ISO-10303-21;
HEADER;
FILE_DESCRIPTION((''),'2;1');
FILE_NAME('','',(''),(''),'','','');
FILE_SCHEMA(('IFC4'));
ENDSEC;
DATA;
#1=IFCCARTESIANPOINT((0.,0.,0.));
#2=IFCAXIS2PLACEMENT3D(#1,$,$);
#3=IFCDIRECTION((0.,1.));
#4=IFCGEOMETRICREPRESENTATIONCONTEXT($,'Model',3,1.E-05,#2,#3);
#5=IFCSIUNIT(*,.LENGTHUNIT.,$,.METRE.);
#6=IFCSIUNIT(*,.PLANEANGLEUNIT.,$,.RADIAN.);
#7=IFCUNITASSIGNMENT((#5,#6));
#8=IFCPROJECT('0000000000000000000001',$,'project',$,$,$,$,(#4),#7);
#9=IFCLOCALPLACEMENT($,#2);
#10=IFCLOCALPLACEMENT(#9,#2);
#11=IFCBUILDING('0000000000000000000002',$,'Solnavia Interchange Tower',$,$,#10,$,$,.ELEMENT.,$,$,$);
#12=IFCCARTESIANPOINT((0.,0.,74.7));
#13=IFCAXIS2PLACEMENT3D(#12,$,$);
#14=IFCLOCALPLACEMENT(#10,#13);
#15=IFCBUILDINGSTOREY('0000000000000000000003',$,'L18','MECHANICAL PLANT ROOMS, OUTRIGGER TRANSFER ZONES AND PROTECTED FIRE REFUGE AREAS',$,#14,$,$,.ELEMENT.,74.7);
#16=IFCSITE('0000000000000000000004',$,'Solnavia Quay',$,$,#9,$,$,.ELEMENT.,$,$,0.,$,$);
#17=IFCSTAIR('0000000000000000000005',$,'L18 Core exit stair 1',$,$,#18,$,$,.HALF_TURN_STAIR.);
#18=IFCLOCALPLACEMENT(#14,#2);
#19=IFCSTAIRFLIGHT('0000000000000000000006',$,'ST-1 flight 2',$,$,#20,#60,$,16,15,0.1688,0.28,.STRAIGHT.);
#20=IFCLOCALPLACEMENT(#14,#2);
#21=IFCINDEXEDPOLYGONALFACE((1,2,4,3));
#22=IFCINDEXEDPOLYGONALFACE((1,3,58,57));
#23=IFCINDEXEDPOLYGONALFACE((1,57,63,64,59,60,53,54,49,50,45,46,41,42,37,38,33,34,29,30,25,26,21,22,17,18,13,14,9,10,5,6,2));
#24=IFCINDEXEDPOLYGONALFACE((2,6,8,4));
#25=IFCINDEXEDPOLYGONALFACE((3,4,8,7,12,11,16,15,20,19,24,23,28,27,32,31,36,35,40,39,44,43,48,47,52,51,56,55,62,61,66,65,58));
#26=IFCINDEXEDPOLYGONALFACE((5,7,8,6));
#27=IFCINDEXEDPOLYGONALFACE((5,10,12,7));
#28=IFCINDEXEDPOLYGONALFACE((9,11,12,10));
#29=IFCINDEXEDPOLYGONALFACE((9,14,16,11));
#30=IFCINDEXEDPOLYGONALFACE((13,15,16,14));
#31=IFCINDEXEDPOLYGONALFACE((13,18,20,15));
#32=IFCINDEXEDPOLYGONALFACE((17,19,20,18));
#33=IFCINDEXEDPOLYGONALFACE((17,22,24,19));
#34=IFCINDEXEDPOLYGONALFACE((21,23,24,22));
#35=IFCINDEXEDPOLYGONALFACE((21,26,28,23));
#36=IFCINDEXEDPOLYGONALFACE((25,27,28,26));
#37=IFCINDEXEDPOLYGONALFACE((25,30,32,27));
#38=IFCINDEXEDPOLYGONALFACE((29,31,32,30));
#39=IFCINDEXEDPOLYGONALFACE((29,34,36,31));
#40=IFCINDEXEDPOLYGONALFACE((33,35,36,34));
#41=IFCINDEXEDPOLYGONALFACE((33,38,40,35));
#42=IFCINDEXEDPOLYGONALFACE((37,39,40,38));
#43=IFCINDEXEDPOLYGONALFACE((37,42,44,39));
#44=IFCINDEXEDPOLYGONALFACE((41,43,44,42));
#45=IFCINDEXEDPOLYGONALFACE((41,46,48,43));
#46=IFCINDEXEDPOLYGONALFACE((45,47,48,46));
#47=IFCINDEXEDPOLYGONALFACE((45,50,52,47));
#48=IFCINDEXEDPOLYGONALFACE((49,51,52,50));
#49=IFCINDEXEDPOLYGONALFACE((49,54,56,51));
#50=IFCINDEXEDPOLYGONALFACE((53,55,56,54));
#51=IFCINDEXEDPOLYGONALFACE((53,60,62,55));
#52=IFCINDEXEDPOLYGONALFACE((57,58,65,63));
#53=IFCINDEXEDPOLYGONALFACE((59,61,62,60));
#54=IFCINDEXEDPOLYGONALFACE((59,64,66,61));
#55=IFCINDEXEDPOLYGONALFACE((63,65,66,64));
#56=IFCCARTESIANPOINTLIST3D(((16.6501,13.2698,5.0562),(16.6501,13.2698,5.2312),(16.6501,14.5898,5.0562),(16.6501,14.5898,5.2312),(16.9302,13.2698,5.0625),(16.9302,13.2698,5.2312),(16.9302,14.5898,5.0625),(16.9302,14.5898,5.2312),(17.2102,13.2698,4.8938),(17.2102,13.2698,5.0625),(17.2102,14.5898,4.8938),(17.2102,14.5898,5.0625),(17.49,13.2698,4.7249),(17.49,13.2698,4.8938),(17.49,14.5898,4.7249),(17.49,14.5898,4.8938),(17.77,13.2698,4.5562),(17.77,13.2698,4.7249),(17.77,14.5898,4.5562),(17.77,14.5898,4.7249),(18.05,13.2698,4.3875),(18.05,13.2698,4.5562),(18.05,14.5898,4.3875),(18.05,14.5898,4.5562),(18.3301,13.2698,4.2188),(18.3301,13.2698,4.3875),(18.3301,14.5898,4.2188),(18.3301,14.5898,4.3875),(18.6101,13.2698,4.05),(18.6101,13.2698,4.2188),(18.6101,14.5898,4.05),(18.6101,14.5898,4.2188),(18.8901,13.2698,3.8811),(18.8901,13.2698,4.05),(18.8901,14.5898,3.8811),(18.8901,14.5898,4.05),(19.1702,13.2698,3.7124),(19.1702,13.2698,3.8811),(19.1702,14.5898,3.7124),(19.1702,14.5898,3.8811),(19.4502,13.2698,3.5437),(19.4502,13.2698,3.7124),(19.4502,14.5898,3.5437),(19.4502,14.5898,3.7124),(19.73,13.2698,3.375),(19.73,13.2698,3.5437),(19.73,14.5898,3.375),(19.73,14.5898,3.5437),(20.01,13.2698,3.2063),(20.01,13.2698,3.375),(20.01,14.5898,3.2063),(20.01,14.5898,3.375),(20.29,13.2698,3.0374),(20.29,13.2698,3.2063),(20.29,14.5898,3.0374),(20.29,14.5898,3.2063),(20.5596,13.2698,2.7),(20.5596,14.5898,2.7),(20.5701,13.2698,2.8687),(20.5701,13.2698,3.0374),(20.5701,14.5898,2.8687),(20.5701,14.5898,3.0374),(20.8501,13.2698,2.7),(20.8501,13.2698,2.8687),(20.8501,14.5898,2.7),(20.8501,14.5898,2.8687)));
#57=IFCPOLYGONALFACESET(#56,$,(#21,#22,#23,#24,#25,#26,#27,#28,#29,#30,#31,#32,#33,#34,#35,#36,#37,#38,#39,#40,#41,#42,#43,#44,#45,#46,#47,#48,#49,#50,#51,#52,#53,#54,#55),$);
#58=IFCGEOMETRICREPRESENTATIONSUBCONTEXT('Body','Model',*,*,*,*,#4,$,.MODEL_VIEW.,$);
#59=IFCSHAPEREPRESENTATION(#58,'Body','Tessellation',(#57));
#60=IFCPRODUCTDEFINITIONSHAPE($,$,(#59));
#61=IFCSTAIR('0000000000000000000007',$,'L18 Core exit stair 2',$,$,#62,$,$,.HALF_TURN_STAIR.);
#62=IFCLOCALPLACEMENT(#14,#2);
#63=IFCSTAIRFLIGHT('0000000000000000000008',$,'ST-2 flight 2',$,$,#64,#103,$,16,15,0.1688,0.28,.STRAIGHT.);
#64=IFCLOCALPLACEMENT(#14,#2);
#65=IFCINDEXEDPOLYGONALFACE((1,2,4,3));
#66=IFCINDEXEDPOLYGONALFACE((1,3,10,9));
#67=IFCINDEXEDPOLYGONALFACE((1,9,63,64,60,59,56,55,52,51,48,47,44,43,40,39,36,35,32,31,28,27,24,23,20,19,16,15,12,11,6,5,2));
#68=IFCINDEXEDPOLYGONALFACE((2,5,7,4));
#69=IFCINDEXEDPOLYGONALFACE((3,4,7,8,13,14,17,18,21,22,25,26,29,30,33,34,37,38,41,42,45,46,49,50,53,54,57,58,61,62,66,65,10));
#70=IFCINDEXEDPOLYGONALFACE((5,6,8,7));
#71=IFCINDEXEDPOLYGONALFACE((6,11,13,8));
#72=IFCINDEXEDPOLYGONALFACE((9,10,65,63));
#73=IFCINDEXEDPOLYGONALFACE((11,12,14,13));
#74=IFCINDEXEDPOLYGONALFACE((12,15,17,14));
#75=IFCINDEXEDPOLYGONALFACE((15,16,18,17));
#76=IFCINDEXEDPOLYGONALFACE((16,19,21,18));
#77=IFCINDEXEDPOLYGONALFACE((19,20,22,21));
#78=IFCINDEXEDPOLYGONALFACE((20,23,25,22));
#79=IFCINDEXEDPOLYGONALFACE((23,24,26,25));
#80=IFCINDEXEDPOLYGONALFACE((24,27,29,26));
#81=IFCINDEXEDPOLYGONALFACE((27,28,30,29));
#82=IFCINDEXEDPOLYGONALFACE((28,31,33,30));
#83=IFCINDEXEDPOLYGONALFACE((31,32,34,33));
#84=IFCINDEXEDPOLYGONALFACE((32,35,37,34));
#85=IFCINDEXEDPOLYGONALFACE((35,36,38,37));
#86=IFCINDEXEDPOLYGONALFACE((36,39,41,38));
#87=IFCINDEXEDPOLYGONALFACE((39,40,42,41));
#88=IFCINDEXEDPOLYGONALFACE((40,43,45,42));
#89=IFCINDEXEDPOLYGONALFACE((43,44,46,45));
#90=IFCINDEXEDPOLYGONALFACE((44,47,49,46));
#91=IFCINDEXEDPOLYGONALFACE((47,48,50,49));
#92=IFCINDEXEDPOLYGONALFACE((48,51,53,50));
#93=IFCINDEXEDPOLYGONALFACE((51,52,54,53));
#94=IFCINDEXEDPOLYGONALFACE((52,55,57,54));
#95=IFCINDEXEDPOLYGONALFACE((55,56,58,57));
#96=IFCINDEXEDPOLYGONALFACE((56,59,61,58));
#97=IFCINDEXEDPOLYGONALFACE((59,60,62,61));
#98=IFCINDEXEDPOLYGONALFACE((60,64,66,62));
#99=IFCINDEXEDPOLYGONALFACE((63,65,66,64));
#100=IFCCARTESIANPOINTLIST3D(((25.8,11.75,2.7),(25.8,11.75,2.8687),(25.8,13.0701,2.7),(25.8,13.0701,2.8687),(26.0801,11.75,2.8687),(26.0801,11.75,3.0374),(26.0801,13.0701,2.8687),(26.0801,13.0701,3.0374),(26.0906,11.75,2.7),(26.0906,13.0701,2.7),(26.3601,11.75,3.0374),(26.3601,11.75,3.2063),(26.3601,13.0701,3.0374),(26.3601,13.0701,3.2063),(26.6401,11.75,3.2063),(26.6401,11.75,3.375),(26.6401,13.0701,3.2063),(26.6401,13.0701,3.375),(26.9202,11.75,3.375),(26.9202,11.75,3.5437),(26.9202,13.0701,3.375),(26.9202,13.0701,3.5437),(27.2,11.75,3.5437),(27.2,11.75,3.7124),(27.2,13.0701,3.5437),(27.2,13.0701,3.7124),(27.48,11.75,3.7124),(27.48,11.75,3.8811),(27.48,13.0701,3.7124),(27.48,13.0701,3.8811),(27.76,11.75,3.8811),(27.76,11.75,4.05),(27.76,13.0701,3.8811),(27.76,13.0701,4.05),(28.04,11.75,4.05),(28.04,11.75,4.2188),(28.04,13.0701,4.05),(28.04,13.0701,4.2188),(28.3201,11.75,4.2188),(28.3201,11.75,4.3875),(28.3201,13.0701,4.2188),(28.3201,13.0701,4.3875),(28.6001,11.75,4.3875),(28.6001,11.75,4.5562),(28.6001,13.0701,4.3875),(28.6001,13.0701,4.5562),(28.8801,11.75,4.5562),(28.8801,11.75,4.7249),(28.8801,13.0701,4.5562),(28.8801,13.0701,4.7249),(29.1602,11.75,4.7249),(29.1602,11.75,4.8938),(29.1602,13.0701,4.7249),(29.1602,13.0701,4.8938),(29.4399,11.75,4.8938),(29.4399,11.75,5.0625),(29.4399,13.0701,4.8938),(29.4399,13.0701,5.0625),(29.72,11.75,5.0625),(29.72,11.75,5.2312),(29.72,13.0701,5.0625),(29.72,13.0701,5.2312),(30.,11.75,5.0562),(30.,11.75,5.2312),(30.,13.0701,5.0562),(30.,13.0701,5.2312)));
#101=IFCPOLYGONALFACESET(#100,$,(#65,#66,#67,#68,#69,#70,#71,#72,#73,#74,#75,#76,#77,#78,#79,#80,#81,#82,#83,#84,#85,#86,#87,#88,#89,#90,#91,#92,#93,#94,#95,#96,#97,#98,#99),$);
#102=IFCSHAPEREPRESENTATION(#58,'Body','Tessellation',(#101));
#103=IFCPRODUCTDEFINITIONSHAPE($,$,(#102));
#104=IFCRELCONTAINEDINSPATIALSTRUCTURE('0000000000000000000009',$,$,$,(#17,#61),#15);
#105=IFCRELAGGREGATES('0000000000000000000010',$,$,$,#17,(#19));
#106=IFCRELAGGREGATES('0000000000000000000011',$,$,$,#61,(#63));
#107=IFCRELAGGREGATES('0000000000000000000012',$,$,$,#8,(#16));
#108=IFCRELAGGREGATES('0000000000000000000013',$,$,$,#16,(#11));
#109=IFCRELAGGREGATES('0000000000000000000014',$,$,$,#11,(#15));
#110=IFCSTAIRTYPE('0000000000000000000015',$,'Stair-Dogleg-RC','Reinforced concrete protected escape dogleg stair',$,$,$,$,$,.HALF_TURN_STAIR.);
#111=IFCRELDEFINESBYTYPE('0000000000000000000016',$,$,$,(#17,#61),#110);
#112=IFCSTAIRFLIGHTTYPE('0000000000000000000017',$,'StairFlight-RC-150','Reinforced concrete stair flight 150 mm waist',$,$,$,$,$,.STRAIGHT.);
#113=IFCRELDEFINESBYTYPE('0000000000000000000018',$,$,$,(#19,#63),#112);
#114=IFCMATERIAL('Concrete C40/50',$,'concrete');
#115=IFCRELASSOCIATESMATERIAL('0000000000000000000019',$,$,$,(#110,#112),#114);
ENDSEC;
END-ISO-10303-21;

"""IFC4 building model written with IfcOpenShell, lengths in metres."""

from ifc_helpers import new_model, si_unit, direction, frame, origin, place, context, subcontext, project, spatial, polyline, outline, extrude, material, type_object, element, aggregate, save


model = new_model("IFC4")

# Units and contexts
model_context = context("Model", 3, precision=1e-05, world=origin(), true_north=direction((0.0, 1.0)))
body_context = subcontext(model_context, "Body", "Model", "MODEL_VIEW")
ifc_project = project(units=[si_unit("LENGTHUNIT", "METRE"), si_unit("PLANEANGLEUNIT", "RADIAN")], contexts=[model_context])

# Site, building, storey
site_placement = place(None, origin())
site = spatial("IfcSite", under=ifc_project, at=site_placement, Name="Solnavia Quay", CompositionType="ELEMENT", RefElevation=0.0)
building_placement = place(site_placement, origin())
building = spatial("IfcBuilding", under=site, at=building_placement, Name="Solnavia Interchange Tower", CompositionType="ELEMENT")
storey_placement = place(building_placement, frame((0.0, 0.0, 74.7)))
storey = spatial("IfcBuildingStorey", under=building, at=storey_placement, Name="L18", Description="MECHANICAL PLANT ROOMS, OUTRIGGER TRANSFER ZONES AND PROTECTED FIRE REFUGE AREAS", CompositionType="ELEMENT", Elevation=74.7)

# Shared definitions
ifc_material_1 = material(Name="Concrete C40/50", Category="concrete")

# Stair, stair flight
stair_type = type_object("IfcStairType", Name="Stair-Dogleg-RC", Description="Reinforced concrete protected escape dogleg stair", PredefinedType="HALF_TURN_STAIR", material=ifc_material_1)
stair_1_placement = place(storey_placement, origin())
stair_1 = element("IfcStair", 1, at=stair_1_placement, inside=storey, type_object=stair_type, Name="L18 Core exit stair 1", PredefinedType="HALF_TURN_STAIR")
stair_flight_type = type_object("IfcStairFlightType", Name="StairFlight-RC-150", Description="Reinforced concrete stair flight 150 mm waist", PredefinedType="STRAIGHT", material=ifc_material_1)
stair_flight_1_placement = place(storey_placement, frame((20.8501, 13.9299, 2.7), z_axis=(0.0, 0.0, 1.0), x_axis=(-1.0, 0.0, 0.0)))
stair_flight_1 = element("IfcStairFlight", 2, at=stair_flight_1_placement, type_object=stair_flight_type, Name="ST-1 flight 2", NumberOfRisers=16, NumberOfTreads=15, PredefinedType="STRAIGHT", RiserHeight=0.1688, TreadLength=0.28, context=body_context, shape_type="SweptSolid", body=[
    extrude(outline(polyline([(0.0, 0.0), (0.0, 0.1687), (0.28, 0.1687), (0.28, 0.3374), (0.5601, 0.3374), (0.5601, 0.5063), (0.8401, 0.5063), (0.8401, 0.675), (1.1201, 0.675), (1.1201, 0.8438), (1.3999, 0.8438), (1.3999, 1.0125), (1.6799, 1.0125), (1.6799, 1.1812), (1.96, 1.1812), (1.96, 1.3501), (2.24, 1.3501), (2.24, 1.5188), (2.52, 1.5188), (2.52, 1.6875), (2.8, 1.6875), (2.8, 1.8562), (3.0801, 1.8562), (3.0801, 2.0249), (3.3601, 2.0249), (3.3601, 2.1938), (3.6399, 2.1938), (3.6399, 2.3625), (3.9199, 2.3625), (3.9199, 2.5312), (4.2, 2.5312), (4.2, 2.7), (4.2, 2.3562), (0.2905, 0.0), (0.0, 0.0)])), frame((0.0, 0.6602, 0.0), z_axis=(0.0, -1.0, 0.0), x_axis=(1.0, 0.0, 0.0)), (0.0, 0.0, 1.0), 1.3201),
])
aggregate(stair_1, [stair_flight_1])

# Stair, stair flight
stair_2_placement = place(storey_placement, origin())
stair_2 = element("IfcStair", 3, at=stair_2_placement, inside=storey, type_object=stair_type, Name="L18 Core exit stair 2", PredefinedType="HALF_TURN_STAIR")
stair_flight_2_placement = place(storey_placement, frame((25.8, 12.4099, 2.7), z_axis=(0.0, 0.0, 1.0), x_axis=(1.0, 0.0, 0.0)))
stair_flight_2 = element("IfcStairFlight", 4, at=stair_flight_2_placement, type_object=stair_flight_type, Name="ST-2 flight 2", NumberOfRisers=16, NumberOfTreads=15, PredefinedType="STRAIGHT", RiserHeight=0.1688, TreadLength=0.28, context=body_context, shape_type="SweptSolid", body=[
    extrude(outline(polyline([(0.0, 0.0), (0.0, 0.1687), (0.28, 0.1687), (0.28, 0.3374), (0.5601, 0.3374), (0.5601, 0.5063), (0.8401, 0.5063), (0.8401, 0.675), (1.1201, 0.675), (1.1201, 0.8438), (1.3999, 0.8438), (1.3999, 1.0125), (1.6799, 1.0125), (1.6799, 1.1812), (1.96, 1.1812), (1.96, 1.3501), (2.24, 1.3501), (2.24, 1.5188), (2.52, 1.5188), (2.52, 1.6875), (2.8, 1.6875), (2.8, 1.8562), (3.0801, 1.8562), (3.0801, 2.0249), (3.3601, 2.0249), (3.3601, 2.1938), (3.6399, 2.1938), (3.6399, 2.3625), (3.9199, 2.3625), (3.9199, 2.5312), (4.2, 2.5312), (4.2, 2.7), (4.2, 2.3562), (0.2905, 0.0), (0.0, 0.0)])), frame((0.0, 0.6602, 0.0), z_axis=(0.0, -1.0, 0.0), x_axis=(1.0, 0.0, 0.0)), (0.0, 0.0, 1.0), 1.3201),
])
aggregate(stair_2, [stair_flight_2])

save(model, "model.ifc")
